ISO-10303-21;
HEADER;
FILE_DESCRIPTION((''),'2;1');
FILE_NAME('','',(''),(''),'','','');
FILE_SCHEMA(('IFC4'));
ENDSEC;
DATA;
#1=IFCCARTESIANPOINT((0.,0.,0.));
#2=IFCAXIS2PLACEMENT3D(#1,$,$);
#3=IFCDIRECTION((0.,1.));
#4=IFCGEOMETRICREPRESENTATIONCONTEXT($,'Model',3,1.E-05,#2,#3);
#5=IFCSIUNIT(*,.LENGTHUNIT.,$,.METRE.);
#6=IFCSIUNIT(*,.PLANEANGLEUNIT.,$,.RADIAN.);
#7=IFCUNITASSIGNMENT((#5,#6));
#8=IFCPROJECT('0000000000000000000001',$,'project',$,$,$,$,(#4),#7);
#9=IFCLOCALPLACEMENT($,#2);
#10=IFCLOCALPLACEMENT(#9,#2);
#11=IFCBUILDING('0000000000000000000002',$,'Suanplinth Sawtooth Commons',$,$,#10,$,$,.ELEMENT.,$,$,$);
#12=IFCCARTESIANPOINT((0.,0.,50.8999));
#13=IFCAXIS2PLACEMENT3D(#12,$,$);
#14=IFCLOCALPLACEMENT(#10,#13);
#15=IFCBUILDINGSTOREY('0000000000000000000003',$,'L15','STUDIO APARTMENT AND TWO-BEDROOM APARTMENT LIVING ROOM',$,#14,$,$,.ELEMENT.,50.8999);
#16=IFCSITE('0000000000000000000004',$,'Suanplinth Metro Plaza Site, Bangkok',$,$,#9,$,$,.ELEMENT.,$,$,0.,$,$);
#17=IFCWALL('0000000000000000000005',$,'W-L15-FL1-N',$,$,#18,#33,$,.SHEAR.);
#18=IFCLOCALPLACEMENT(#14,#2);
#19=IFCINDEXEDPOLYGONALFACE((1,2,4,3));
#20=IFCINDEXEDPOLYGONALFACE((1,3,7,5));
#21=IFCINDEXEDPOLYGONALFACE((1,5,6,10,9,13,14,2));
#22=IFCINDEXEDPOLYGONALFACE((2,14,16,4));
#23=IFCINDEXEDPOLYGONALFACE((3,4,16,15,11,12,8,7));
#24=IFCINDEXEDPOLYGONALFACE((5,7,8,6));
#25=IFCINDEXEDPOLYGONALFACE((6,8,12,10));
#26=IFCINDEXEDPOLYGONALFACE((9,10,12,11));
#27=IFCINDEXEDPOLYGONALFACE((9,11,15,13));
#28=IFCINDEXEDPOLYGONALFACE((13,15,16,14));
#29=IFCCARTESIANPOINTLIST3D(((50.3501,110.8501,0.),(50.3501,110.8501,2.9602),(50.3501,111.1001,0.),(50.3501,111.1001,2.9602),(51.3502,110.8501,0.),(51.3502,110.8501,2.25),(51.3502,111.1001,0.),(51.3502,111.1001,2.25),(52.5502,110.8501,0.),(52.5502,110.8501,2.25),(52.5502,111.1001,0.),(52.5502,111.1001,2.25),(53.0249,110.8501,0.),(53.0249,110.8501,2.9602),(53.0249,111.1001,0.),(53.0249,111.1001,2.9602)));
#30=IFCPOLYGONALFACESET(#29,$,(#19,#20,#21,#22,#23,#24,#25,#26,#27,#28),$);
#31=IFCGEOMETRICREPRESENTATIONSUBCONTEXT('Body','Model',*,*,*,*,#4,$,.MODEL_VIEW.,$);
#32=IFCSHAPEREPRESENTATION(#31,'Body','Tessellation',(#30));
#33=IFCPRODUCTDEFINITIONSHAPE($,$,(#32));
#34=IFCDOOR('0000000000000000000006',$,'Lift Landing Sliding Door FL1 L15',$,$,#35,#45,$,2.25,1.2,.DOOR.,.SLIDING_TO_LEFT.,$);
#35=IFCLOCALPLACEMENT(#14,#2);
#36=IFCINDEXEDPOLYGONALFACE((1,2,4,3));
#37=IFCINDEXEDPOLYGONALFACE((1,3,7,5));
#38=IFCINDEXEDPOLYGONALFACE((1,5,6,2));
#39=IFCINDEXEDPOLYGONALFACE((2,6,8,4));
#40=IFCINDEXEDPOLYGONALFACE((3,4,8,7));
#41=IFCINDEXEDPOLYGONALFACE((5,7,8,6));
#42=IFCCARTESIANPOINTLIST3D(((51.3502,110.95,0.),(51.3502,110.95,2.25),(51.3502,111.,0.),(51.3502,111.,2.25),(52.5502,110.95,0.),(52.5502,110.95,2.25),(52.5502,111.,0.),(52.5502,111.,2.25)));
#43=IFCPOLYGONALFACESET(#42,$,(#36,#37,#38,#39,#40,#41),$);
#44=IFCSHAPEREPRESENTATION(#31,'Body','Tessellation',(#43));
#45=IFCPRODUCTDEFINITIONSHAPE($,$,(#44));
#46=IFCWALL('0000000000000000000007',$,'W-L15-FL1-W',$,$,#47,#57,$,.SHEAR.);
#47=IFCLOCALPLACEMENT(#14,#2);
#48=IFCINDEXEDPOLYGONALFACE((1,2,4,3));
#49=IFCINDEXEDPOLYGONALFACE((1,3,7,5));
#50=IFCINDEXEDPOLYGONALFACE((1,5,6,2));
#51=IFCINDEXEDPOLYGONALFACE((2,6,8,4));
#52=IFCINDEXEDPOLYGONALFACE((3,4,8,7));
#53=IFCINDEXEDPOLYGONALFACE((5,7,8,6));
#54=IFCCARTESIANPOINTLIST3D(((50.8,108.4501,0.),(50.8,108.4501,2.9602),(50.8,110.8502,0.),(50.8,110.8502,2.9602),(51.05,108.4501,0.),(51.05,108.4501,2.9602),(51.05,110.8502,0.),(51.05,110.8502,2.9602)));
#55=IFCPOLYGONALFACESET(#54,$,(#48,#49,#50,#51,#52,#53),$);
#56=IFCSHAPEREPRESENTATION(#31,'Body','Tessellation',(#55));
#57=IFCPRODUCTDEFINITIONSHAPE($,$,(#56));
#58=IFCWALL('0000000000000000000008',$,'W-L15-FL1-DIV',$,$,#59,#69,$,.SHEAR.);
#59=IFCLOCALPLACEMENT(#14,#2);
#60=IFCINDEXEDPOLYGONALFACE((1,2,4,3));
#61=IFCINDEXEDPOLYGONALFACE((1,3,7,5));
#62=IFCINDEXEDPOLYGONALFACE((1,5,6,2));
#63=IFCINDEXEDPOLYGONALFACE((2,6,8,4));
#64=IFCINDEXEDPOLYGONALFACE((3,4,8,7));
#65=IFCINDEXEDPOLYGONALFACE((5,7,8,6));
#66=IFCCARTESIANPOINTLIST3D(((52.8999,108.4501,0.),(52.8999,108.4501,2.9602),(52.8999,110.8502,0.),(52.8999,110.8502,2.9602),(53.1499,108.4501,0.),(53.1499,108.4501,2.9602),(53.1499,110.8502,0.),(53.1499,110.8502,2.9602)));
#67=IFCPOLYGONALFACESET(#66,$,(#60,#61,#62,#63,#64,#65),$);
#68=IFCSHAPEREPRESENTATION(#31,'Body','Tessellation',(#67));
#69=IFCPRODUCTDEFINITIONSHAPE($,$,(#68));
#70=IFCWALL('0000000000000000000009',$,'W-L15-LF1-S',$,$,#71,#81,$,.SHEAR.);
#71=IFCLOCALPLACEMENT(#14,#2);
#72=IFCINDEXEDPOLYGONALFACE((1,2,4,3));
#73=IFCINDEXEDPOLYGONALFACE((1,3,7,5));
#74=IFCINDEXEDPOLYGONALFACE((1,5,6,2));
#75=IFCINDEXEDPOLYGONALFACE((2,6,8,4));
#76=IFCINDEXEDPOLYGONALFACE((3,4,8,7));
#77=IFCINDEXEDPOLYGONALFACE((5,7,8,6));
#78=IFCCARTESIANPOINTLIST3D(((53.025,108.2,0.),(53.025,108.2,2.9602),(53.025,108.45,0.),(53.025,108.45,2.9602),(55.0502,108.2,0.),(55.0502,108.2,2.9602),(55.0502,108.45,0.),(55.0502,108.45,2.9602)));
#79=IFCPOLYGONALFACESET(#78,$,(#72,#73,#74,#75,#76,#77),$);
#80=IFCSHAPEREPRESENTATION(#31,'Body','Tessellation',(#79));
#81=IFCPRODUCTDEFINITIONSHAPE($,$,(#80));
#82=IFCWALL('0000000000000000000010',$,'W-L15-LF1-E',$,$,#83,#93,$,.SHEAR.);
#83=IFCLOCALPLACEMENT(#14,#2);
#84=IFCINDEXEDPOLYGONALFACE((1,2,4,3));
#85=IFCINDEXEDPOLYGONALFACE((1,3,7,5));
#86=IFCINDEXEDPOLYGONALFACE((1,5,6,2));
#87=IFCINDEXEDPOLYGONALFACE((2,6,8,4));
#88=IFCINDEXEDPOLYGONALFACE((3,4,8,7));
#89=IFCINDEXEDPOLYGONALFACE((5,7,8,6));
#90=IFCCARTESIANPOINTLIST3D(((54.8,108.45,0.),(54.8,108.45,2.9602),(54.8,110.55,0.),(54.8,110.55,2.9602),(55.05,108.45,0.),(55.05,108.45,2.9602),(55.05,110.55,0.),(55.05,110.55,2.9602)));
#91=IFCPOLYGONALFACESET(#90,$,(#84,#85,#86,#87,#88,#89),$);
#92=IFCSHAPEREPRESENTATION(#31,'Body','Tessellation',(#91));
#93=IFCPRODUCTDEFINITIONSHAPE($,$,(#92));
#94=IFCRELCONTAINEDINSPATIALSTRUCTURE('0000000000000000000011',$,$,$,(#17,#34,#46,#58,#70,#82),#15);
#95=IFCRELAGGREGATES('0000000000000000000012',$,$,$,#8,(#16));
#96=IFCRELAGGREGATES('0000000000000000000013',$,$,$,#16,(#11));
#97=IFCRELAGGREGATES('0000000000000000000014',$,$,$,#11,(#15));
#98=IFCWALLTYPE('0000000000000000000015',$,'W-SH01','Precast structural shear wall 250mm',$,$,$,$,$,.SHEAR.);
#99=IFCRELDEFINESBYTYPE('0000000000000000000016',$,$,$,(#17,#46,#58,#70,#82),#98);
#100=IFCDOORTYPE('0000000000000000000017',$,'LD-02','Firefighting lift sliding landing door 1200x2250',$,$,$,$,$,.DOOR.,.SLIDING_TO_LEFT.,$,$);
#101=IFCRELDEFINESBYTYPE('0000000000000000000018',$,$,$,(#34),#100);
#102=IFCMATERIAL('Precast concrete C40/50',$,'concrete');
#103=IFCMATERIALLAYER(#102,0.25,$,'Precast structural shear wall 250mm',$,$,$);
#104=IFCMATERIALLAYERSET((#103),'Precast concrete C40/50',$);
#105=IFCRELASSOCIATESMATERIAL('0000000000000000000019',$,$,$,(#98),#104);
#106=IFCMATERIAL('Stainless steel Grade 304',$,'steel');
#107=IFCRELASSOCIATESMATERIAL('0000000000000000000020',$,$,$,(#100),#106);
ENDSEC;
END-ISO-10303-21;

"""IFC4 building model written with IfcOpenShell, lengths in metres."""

from ifc_helpers import new_model, si_unit, direction, frame, frame_2d, origin, place, context, subcontext, project, spatial, rectangle, extrude, material, layer, layer_set, type_object, element, fill, save


model = new_model("IFC4")

# Units and contexts
model_context = context("Model", 3, precision=1e-05, world=origin(), true_north=direction((0.0, 1.0)))
body_context = subcontext(model_context, "Body", "Model", "MODEL_VIEW")
ifc_project = project(units=[si_unit("LENGTHUNIT", "METRE"), si_unit("PLANEANGLEUNIT", "RADIAN")], contexts=[model_context])

# Site, building, storey
site_placement = place(None, origin())
site = spatial("IfcSite", under=ifc_project, at=site_placement, Name="Suanplinth Metro Plaza Site, Bangkok", CompositionType="ELEMENT", RefElevation=0.0)
building_placement = place(site_placement, origin())
building = spatial("IfcBuilding", under=site, at=building_placement, Name="Suanplinth Sawtooth Commons", CompositionType="ELEMENT")
storey_placement = place(building_placement, frame((0.0, 0.0, 50.8999)))
storey = spatial("IfcBuildingStorey", under=building, at=storey_placement, Name="L15", Description="STUDIO APARTMENT AND TWO-BEDROOM APARTMENT LIVING ROOM", CompositionType="ELEMENT", Elevation=50.8999)

# Shared definitions
ifc_material_1 = material(Name="Precast concrete C40/50", Category="concrete")

# Shared definitions
ifc_layer_1 = layer(ifc_material_1, 0.25, Name="Precast structural shear wall 250mm")
ifc_layer_set_1 = layer_set([ifc_layer_1], Name="Precast concrete C40/50")
wall_type_1 = type_object("IfcWallType", Name="W-SH01", Description="Precast structural shear wall 250mm", PredefinedType="SHEAR", material=ifc_layer_set_1)

# Wall, opening, door
wall_1_placement = place(storey_placement, frame((50.3501, 110.9751, 0.0), z_axis=(0.0, 0.0, 1.0), x_axis=(1.0, 0.0, 0.0)))
wall_1 = element("IfcWall", 1, at=wall_1_placement, inside=storey, type_object=wall_type_1, Name="W-L15-FL1-N", PredefinedType="SHEAR", context=body_context, shape_type="SweptSolid", body=[
    extrude(rectangle(XDim=2.6748, YDim=0.25, at=frame_2d((1.3374, 0.0))), origin(), (0.0, 0.0, 1.0), 2.9602),
])
opening_1_placement = place(wall_1_placement, frame((1.0, 0.0, 0.0)))
opening_1 = element("IfcOpeningElement", 2, at=opening_1_placement, cuts=wall_1, PredefinedType="OPENING", context=body_context, shape_type="SweptSolid", body=[
    extrude(rectangle(XDim=1.2, YDim=2.25, at=frame_2d((0.6001, 1.125))), frame((0.0, 0.1399, 0.0), z_axis=(0.0, -1.0, 0.0), x_axis=(1.0, 0.0, 0.0)), (0.0, 0.0, 1.0), 0.2798),
])
ifc_material_2 = material(Name="Stainless steel Grade 304", Category="steel")
door_type_1 = type_object("IfcDoorType", Name="LD-02", Description="Firefighting lift sliding landing door 1200x2250", OperationType="SLIDING_TO_LEFT", PredefinedType="DOOR", material=ifc_material_2)
door_1_placement = place(opening_1_placement, origin())
door_1 = element("IfcDoor", 3, at=door_1_placement, inside=storey, type_object=door_type_1, Name="Lift Landing Sliding Door FL1 L15", OperationType="SLIDING_TO_LEFT", OverallHeight=2.25, OverallWidth=1.2, PredefinedType="DOOR", context=body_context, shape_type="SweptSolid", body=[
    extrude(rectangle(XDim=1.2, YDim=2.25, at=frame_2d((0.6001, 1.125))), frame((0.0, 0.0249, 0.0), z_axis=(0.0, -1.0, 0.0), x_axis=(1.0, 0.0, 0.0)), (0.0, 0.0, 1.0), 0.05),
])
fill(opening_1, door_1)

# Walls
for number, where, z_axis, x_axis, name in (
    (4, (50.925, 108.45, 0.0), (0.0, 0.0, 1.0), (0.0, 1.0, 0.0), "W-L15-FL1-W"),
    (5, (53.0249, 108.45, 0.0), (0.0, 0.0, 1.0), (0.0, 1.0, 0.0), "W-L15-FL1-DIV"),
):
    element("IfcWall", number, at=place(storey_placement, frame(where, z_axis=z_axis, x_axis=x_axis)), inside=storey, type_object=wall_type_1, Name=name, PredefinedType="SHEAR", context=body_context, shape_type="SweptSolid", body=[
        extrude(rectangle(XDim=2.4001, YDim=0.25, at=frame_2d((1.2002, 0.0))), origin(), (0.0, 0.0, 1.0), 2.9602),
    ])
wall_2_placement = place(storey_placement, frame((53.0249, 108.325, 0.0), z_axis=(0.0, 0.0, 1.0), x_axis=(1.0, 0.0, 0.0)))
element("IfcWall", 6, at=wall_2_placement, inside=storey, type_object=wall_type_1, Name="W-L15-LF1-S", PredefinedType="SHEAR", context=body_context, shape_type="SweptSolid", body=[
    extrude(rectangle(XDim=2.0251, YDim=0.25, at=frame_2d((1.0127, 0.0))), origin(), (0.0, 0.0, 1.0), 2.9602),
])

# Wall
wall_3_placement = place(storey_placement, frame((54.925, 108.45, 0.0), z_axis=(0.0, 0.0, 1.0), x_axis=(0.0, 1.0, 0.0)))
element("IfcWall", 7, at=wall_3_placement, inside=storey, type_object=wall_type_1, Name="W-L15-LF1-E", PredefinedType="SHEAR", context=body_context, shape_type="SweptSolid", body=[
    extrude(rectangle(XDim=2.1001, YDim=0.25, at=frame_2d((1.05, 0.0))), origin(), (0.0, 0.0, 1.0), 2.9602),
])

save(model, "model.ifc")
